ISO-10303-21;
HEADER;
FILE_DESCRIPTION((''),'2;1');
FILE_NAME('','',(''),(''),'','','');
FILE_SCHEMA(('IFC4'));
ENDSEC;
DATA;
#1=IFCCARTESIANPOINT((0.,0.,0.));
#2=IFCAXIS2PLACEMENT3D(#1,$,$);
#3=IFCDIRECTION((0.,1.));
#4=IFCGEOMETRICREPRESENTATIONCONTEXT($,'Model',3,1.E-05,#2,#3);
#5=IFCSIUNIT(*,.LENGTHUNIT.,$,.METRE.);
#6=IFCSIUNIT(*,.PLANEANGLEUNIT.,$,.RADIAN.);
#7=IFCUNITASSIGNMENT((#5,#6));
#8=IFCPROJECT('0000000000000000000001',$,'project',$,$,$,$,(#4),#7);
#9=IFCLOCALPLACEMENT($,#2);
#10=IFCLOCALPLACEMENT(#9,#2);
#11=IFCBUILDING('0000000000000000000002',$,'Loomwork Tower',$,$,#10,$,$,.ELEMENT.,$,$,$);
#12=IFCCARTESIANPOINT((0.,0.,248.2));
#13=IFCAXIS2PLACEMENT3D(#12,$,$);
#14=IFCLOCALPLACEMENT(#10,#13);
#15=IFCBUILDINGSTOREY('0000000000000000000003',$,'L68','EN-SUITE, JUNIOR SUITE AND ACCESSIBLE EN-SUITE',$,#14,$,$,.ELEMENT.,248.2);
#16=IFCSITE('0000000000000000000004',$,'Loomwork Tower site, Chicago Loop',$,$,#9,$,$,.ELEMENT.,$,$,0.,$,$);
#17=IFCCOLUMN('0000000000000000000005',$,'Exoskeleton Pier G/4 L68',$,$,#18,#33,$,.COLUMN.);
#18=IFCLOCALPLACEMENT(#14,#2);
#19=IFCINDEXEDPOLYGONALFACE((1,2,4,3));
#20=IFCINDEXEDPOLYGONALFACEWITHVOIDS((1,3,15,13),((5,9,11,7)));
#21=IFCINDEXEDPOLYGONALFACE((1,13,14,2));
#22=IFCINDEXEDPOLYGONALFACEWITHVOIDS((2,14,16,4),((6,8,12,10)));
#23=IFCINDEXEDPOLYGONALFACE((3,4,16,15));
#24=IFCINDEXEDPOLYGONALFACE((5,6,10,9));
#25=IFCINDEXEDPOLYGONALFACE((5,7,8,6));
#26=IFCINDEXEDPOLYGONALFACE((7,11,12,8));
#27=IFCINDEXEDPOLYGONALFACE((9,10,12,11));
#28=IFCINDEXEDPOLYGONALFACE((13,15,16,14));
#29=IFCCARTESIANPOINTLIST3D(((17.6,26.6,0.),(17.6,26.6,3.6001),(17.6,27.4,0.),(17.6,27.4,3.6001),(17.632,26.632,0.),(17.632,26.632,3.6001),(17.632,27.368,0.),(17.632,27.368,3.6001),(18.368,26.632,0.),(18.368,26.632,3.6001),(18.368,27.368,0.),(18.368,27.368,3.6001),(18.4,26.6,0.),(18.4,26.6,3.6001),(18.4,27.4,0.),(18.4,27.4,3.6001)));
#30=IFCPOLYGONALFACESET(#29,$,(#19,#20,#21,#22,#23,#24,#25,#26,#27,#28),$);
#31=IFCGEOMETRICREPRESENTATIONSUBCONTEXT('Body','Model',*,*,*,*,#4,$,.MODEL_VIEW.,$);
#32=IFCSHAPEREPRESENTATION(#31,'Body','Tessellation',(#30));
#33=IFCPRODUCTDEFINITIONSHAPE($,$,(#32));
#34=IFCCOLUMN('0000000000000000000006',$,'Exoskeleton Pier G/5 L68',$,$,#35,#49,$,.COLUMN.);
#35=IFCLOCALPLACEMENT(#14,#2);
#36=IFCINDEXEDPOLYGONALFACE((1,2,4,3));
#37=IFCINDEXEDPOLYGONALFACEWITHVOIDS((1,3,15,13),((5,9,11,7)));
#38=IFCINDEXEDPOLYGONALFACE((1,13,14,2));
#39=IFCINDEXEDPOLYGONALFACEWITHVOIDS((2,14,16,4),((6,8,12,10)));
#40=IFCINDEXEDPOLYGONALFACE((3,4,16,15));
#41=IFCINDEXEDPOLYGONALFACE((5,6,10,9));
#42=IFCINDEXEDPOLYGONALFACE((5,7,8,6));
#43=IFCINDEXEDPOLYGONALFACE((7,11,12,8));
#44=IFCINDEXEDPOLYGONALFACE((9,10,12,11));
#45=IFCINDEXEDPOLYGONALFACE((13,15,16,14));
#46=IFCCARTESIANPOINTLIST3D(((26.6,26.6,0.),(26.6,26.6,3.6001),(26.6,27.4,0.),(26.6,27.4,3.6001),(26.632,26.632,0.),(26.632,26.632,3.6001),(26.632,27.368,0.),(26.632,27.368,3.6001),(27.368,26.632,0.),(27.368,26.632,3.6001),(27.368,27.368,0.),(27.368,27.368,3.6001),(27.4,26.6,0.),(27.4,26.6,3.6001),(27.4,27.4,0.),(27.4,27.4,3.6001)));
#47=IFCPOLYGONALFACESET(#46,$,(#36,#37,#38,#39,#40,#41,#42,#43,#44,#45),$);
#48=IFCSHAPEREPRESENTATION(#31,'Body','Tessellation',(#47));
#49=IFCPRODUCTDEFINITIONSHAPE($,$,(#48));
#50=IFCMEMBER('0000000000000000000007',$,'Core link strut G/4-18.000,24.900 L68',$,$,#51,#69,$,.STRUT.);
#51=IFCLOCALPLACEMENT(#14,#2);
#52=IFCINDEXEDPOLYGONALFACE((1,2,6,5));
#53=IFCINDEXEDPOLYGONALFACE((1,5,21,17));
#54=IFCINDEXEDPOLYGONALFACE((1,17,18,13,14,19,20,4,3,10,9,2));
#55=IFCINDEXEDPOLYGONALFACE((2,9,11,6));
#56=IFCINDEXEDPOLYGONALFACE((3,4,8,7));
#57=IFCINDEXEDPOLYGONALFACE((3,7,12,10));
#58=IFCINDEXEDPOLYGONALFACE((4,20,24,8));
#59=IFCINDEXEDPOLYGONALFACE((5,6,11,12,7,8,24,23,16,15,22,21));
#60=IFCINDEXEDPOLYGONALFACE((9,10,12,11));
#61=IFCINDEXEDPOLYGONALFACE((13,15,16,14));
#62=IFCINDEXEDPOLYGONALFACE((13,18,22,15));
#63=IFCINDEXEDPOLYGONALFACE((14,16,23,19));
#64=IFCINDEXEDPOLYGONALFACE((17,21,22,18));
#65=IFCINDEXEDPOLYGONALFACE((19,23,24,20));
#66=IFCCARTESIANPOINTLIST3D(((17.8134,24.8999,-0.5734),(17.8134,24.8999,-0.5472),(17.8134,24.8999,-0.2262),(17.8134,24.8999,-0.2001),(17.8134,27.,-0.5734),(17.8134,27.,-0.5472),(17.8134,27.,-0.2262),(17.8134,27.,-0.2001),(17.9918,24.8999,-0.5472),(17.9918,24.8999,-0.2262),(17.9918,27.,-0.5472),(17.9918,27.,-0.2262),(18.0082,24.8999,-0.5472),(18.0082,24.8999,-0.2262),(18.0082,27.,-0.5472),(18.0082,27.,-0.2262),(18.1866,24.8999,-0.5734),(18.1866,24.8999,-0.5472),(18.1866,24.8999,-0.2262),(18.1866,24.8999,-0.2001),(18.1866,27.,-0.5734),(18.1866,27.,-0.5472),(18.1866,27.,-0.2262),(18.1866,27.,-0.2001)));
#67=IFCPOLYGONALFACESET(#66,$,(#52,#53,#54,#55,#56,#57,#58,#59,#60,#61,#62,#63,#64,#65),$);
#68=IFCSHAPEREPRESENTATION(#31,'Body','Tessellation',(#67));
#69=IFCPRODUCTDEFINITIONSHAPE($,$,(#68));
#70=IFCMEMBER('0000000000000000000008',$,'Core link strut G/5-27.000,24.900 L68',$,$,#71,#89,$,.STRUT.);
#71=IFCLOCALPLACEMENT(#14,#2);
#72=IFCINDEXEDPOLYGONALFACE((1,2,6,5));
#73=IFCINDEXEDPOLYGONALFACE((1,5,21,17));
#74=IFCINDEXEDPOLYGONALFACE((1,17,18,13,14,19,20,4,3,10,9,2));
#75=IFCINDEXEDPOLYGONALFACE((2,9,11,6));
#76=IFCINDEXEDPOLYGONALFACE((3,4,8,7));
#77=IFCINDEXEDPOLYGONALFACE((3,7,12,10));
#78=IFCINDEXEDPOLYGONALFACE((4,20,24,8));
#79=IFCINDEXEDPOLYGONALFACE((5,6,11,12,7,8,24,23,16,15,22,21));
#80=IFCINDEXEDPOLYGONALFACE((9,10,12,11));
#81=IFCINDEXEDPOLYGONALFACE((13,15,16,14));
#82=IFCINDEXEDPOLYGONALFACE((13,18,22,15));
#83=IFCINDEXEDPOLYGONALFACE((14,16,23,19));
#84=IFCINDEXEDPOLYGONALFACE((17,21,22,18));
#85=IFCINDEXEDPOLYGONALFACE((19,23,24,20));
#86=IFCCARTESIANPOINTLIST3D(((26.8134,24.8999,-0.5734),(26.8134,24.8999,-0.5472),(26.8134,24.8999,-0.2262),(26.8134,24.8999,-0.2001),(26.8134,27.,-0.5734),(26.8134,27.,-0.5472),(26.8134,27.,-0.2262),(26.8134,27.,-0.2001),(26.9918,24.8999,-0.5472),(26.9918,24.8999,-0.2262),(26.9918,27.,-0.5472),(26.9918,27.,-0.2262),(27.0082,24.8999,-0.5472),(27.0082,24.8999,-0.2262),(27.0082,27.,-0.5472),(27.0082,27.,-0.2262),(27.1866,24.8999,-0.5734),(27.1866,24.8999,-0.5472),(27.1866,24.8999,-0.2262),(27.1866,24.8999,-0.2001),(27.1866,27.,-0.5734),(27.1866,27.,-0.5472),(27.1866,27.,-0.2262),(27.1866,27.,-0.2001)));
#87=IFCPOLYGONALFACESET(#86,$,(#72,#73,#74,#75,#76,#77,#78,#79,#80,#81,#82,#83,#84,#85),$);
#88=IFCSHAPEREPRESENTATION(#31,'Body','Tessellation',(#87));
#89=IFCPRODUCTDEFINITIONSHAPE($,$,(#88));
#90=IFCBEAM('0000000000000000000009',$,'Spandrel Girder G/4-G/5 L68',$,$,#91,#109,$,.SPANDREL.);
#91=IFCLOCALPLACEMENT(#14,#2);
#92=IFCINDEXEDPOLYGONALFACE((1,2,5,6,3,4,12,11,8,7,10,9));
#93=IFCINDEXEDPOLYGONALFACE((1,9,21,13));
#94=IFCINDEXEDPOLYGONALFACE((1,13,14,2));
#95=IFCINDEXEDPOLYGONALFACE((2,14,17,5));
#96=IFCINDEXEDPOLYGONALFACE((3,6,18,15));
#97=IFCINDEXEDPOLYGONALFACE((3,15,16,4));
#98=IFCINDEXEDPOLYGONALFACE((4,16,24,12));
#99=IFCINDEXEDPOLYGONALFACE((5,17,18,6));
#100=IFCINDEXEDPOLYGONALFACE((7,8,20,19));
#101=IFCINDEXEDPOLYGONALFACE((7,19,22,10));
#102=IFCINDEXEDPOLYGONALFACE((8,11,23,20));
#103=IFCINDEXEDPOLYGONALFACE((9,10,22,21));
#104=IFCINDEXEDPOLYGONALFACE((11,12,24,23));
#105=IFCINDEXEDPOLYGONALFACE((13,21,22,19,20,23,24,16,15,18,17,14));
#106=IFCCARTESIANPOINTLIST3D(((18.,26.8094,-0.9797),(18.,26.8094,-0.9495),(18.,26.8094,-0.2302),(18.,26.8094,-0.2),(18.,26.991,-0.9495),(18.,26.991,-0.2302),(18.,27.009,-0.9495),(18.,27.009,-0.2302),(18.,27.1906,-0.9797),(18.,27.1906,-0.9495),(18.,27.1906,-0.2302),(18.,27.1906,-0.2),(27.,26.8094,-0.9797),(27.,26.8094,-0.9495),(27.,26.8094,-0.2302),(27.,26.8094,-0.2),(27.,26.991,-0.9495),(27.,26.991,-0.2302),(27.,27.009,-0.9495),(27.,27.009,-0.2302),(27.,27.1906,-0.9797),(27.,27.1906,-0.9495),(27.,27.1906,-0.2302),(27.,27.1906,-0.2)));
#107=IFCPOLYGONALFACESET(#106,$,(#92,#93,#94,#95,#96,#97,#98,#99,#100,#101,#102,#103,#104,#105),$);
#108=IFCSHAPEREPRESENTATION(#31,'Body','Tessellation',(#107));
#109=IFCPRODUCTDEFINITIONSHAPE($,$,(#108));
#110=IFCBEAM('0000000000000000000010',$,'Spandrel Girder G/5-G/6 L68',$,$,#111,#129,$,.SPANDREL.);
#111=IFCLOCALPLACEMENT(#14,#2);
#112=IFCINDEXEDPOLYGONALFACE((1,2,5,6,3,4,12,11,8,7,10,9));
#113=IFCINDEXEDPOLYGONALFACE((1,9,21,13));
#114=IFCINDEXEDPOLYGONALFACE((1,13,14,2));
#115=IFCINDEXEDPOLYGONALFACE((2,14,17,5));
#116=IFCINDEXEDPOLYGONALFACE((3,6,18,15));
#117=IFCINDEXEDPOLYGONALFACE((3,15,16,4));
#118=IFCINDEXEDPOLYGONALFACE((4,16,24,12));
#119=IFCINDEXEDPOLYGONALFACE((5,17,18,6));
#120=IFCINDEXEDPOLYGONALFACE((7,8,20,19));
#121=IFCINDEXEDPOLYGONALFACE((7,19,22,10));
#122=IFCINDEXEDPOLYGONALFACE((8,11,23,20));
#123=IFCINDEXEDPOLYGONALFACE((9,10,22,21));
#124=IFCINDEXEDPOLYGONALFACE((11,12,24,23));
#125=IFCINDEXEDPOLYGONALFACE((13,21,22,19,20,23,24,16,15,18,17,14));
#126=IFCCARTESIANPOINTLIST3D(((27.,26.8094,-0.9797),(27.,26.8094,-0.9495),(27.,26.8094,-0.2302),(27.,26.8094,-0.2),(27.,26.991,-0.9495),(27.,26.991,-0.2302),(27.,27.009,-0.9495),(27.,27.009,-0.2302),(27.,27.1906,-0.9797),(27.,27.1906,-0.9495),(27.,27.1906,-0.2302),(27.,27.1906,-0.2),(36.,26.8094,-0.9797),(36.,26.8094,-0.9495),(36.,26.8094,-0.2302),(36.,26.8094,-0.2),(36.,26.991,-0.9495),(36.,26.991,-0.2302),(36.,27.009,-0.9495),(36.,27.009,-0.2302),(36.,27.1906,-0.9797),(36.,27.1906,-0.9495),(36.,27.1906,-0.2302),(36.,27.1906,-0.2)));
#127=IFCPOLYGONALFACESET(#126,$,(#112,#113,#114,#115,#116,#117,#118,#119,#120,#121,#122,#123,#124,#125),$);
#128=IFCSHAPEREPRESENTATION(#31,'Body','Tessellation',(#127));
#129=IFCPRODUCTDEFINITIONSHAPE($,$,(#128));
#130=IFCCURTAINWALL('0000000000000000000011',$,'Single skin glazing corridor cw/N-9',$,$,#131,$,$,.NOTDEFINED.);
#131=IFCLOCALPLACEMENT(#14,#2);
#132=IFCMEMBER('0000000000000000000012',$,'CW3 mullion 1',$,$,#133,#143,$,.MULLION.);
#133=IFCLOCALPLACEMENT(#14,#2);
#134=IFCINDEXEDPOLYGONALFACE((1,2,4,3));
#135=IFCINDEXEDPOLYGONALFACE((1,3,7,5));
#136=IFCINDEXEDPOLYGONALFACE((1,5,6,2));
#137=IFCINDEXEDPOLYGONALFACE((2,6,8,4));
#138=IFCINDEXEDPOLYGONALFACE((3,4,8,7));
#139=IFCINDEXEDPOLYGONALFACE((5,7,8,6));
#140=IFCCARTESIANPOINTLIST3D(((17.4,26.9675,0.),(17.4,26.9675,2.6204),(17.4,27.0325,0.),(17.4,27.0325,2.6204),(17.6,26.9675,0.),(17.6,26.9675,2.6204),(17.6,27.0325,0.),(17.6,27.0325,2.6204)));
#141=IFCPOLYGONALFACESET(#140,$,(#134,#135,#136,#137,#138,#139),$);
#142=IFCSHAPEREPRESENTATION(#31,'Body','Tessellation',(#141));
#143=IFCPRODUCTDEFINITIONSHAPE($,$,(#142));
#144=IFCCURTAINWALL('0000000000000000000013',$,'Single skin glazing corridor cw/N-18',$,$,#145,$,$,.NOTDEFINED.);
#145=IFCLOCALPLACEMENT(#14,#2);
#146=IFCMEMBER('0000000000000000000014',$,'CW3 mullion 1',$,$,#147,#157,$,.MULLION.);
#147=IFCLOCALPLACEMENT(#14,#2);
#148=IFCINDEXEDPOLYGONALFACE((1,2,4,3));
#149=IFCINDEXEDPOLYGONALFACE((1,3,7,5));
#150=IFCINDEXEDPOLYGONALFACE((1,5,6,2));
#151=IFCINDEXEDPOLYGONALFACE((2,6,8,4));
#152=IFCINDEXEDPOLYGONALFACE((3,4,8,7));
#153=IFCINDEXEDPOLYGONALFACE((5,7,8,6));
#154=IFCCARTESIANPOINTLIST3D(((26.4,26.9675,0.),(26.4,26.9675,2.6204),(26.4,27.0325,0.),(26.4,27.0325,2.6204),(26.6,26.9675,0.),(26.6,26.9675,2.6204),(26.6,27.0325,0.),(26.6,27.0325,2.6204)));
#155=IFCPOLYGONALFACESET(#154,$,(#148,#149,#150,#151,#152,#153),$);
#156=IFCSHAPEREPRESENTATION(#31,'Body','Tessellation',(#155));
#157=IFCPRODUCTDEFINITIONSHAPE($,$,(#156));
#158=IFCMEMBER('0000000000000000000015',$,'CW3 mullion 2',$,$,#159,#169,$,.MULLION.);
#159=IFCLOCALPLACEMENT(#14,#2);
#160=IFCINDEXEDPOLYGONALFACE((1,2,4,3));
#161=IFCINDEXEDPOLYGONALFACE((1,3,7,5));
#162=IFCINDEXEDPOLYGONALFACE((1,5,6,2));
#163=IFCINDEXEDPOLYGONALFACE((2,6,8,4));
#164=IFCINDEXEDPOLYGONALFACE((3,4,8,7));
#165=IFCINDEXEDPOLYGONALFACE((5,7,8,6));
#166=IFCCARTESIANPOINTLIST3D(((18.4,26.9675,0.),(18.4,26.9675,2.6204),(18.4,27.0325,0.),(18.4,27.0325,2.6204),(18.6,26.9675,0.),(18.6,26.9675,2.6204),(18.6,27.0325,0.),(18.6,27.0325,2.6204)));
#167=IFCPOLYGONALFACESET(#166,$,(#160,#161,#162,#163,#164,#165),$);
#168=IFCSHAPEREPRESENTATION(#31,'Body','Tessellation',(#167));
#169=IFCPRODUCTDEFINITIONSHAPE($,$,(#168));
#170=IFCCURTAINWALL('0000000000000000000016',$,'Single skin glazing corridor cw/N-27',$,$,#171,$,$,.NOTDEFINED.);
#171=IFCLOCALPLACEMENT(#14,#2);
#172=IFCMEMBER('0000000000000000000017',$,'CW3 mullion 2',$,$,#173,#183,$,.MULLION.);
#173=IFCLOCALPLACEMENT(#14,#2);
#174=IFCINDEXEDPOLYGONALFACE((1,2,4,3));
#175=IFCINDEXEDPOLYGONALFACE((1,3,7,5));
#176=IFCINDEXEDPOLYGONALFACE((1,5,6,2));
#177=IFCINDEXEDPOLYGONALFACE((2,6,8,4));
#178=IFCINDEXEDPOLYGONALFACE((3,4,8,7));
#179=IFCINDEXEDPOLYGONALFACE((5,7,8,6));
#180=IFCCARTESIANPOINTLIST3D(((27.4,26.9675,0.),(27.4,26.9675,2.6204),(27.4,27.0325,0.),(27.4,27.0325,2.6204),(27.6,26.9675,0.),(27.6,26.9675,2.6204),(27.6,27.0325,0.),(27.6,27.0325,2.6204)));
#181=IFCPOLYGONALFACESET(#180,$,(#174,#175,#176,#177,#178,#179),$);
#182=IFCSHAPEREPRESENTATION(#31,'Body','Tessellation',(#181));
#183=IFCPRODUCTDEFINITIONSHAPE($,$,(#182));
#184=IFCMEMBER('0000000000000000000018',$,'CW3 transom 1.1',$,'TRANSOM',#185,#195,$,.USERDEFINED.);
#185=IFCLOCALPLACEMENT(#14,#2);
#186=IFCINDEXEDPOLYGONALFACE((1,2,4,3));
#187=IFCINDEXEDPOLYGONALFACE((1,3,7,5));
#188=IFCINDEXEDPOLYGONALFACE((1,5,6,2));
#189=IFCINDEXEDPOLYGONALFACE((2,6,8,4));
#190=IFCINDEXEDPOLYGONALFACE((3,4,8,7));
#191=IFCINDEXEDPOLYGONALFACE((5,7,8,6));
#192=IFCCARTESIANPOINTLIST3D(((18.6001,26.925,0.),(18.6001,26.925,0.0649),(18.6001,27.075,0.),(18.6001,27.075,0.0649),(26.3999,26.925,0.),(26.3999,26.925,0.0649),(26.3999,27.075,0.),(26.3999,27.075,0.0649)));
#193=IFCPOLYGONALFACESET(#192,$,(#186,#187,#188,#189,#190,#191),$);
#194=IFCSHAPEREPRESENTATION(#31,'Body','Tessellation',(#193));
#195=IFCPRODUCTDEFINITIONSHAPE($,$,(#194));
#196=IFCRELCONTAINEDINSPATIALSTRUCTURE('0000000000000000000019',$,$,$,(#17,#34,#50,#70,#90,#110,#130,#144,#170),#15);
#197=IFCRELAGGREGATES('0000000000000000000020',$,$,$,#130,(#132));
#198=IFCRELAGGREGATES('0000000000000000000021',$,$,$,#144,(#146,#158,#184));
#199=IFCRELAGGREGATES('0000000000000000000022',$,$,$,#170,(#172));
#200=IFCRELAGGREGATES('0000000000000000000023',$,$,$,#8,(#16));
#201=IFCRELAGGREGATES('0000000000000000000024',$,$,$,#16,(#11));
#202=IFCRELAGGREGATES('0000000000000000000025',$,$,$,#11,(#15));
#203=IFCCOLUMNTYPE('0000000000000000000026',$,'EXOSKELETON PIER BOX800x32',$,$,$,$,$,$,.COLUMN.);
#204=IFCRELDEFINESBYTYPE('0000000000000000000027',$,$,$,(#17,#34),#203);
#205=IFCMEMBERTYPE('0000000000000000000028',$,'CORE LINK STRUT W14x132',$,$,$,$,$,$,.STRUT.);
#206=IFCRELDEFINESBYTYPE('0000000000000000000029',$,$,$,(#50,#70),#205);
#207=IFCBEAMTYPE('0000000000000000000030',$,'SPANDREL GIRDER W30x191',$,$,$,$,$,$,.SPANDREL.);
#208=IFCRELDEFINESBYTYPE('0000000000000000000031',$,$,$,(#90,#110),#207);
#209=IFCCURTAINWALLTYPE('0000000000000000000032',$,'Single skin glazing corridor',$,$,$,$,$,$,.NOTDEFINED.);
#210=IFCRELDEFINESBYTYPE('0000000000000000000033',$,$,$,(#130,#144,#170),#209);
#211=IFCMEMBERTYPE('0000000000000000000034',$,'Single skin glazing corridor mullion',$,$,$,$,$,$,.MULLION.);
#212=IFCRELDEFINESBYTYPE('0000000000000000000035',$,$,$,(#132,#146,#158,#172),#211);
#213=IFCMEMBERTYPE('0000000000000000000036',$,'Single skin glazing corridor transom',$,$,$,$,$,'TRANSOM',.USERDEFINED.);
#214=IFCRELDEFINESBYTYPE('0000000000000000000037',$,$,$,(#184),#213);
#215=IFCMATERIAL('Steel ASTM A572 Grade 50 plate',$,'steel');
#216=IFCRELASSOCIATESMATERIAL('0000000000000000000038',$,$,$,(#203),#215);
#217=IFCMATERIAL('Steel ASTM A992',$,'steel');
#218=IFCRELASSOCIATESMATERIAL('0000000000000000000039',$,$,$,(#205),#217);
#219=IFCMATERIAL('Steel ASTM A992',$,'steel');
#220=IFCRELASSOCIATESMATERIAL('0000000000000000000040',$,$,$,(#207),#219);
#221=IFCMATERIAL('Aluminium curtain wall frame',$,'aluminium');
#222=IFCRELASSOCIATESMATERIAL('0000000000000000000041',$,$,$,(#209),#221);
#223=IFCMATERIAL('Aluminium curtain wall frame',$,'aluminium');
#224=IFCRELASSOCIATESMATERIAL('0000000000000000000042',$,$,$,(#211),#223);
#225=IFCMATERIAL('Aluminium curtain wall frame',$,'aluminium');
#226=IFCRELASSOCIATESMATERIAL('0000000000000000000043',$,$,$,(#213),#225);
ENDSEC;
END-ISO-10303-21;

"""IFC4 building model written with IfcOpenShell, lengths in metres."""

from ifc_helpers import new_model, si_unit, direction, frame, origin, origin_2d, place, context, subcontext, project, spatial, rectangle, hollow_rectangle, i_section, extrude, material, material_profile, profile_set, type_object, element, aggregate, save


model = new_model("IFC4")

# Units and contexts
model_context = context("Model", 3, precision=1e-05, world=origin(), true_north=direction((0.0, 1.0)))
body_context = subcontext(model_context, "Body", "Model", "MODEL_VIEW")
ifc_project = project(units=[si_unit("LENGTHUNIT", "METRE"), si_unit("PLANEANGLEUNIT", "RADIAN")], contexts=[model_context])

# Site, building, storey
site_placement = place(None, origin())
site = spatial("IfcSite", under=ifc_project, at=site_placement, Name="Loomwork Tower site, Chicago Loop", CompositionType="ELEMENT", RefElevation=0.0)
building_placement = place(site_placement, origin())
building = spatial("IfcBuilding", under=site, at=building_placement, Name="Loomwork Tower", CompositionType="ELEMENT")
storey_placement = place(building_placement, frame((0.0, 0.0, 248.2)))
storey = spatial("IfcBuildingStorey", under=building, at=storey_placement, Name="L68", Description="EN-SUITE, JUNIOR SUITE AND ACCESSIBLE EN-SUITE", CompositionType="ELEMENT", Elevation=248.2)

# Columns
ifc_material_1 = material(Name="Steel ASTM A572 Grade 50 plate", Category="steel")
ifc_material_profile_1 = material_profile(ifc_material_1, hollow_rectangle(XDim=0.8, YDim=0.8, WallThickness=0.032, at=origin_2d()), Name="BOX800x32")
ifc_profile_set_1 = profile_set([ifc_material_profile_1], Name="Steel ASTM A572 Grade 50 plate")
column_type = type_object("IfcColumnType", Name="EXOSKELETON PIER BOX800x32", PredefinedType="COLUMN", material=ifc_profile_set_1)
for number, where, z_axis, x_axis, name in (
    (1, (18.0, 27.0, 0.0), (0.0, 0.0, 1.0), (1.0, 0.0, 0.0), "Exoskeleton Pier G/4 L68"),
    (2, (27.0, 27.0, 0.0), (0.0, 0.0, 1.0), (1.0, 0.0, 0.0), "Exoskeleton Pier G/5 L68"),
):
    element("IfcColumn", number, at=place(storey_placement, frame(where, z_axis=z_axis, x_axis=x_axis)), inside=storey, type_object=column_type, Name=name, PredefinedType="COLUMN", context=body_context, shape_type="SweptSolid", body=[
        extrude(hollow_rectangle(XDim=0.8, YDim=0.8, WallThickness=0.032, at=origin_2d()), origin(), (0.0, 0.0, 1.0), 3.6001),
    ])

# Members
ifc_material_2 = material(Name="Steel ASTM A992", Category="steel")
ifc_material_profile_2 = material_profile(ifc_material_2, i_section(OverallWidth=0.3733, OverallDepth=0.3733, WebThickness=0.0164, FlangeThickness=0.0261, at=origin_2d()), Name="W14x132")
ifc_profile_set_2 = profile_set([ifc_material_profile_2], Name="Steel ASTM A992")
member_type_1 = type_object("IfcMemberType", Name="CORE LINK STRUT W14x132", PredefinedType="STRUT", material=ifc_profile_set_2)
for number, where, z_axis, x_axis, name in (
    (3, (18.0, 27.0, -0.3867), (0.0, -1.0, 0.0), (1.0, 0.0, 0.0), "Core link strut G/4-18.000,24.900 L68"),
    (4, (27.0, 27.0, -0.3867), (0.0, -1.0, 0.0), (1.0, 0.0, 0.0), "Core link strut G/5-27.000,24.900 L68"),
):
    element("IfcMember", number, at=place(storey_placement, frame(where, z_axis=z_axis, x_axis=x_axis)), inside=storey, type_object=member_type_1, Name=name, PredefinedType="STRUT", context=body_context, shape_type="SweptSolid", body=[
        extrude(i_section(OverallWidth=0.3733, OverallDepth=0.3733, WebThickness=0.0164, FlangeThickness=0.0261, at=origin_2d()), origin(), (0.0, 0.0, 1.0), 2.1001),
    ])

# Beams
ifc_material_3 = material(Name="Steel ASTM A992", Category="steel")
ifc_material_profile_3 = material_profile(ifc_material_3, i_section(OverallWidth=0.3811, OverallDepth=0.7798, WebThickness=0.0181, FlangeThickness=0.0303, at=origin_2d()), Name="W30x191")
ifc_profile_set_3 = profile_set([ifc_material_profile_3], Name="Steel ASTM A992")
beam_type = type_object("IfcBeamType", Name="SPANDREL GIRDER W30x191", PredefinedType="SPANDREL", material=ifc_profile_set_3)
for number, where, z_axis, x_axis, name in (
    (5, (18.0, 27.0, -0.5898), (1.0, 0.0, 0.0), (0.0, 1.0, 0.0), "Spandrel Girder G/4-G/5 L68"),
    (6, (27.0, 27.0, -0.5898), (1.0, 0.0, 0.0), (0.0, 1.0, 0.0), "Spandrel Girder G/5-G/6 L68"),
):
    element("IfcBeam", number, at=place(storey_placement, frame(where, z_axis=z_axis, x_axis=x_axis)), inside=storey, type_object=beam_type, Name=name, PredefinedType="SPANDREL", context=body_context, shape_type="SweptSolid", body=[
        extrude(i_section(OverallWidth=0.3811, OverallDepth=0.7798, WebThickness=0.0181, FlangeThickness=0.0303, at=origin_2d()), origin(), (0.0, 0.0, 1.0), 9.0),
    ])

# Curtain wall, member
ifc_material_4 = material(Name="Aluminium curtain wall frame", Category="aluminium")
curtain_wall_type = type_object("IfcCurtainWallType", Name="Single skin glazing corridor", PredefinedType="NOTDEFINED", material=ifc_material_4)
curtain_wall_1_placement = place(storey_placement, origin())
curtain_wall_1 = element("IfcCurtainWall", 7, at=curtain_wall_1_placement, inside=storey, type_object=curtain_wall_type, Name="Single skin glazing corridor cw/N-9", PredefinedType="NOTDEFINED")
ifc_material_5 = material(Name="Aluminium curtain wall frame", Category="aluminium")
ifc_material_profile_4 = material_profile(ifc_material_5, rectangle(XDim=0.0649, YDim=0.2, at=origin_2d()), Name="AL 65x200")
ifc_profile_set_4 = profile_set([ifc_material_profile_4], Name="Aluminium curtain wall frame")
member_type_2 = type_object("IfcMemberType", Name="Single skin glazing corridor mullion", PredefinedType="MULLION", material=ifc_profile_set_4)
member_1_placement = place(storey_placement, frame((17.5, 27.0, 0.0), z_axis=(0.0, 0.0, 1.0), x_axis=(0.0, -1.0, 0.0)))
member_1 = element("IfcMember", 8, at=member_1_placement, type_object=member_type_2, Name="CW3 mullion 1", PredefinedType="MULLION", context=body_context, shape_type="SweptSolid", body=[
    extrude(rectangle(XDim=0.0649, YDim=0.2, at=origin_2d()), origin(), (0.0, 0.0, 1.0), 2.6204),
])
aggregate(curtain_wall_1, [member_1])

# Curtain wall, members
curtain_wall_2_placement = place(storey_placement, origin())
curtain_wall_2 = element("IfcCurtainWall", 9, at=curtain_wall_2_placement, inside=storey, type_object=curtain_wall_type, Name="Single skin glazing corridor cw/N-18", PredefinedType="NOTDEFINED")
member_2_placement = place(storey_placement, frame((26.5, 27.0, 0.0), z_axis=(0.0, 0.0, 1.0), x_axis=(0.0, -1.0, 0.0)))
member_2 = element("IfcMember", 10, at=member_2_placement, type_object=member_type_2, Name="CW3 mullion 1", PredefinedType="MULLION", context=body_context, shape_type="SweptSolid", body=[
    extrude(rectangle(XDim=0.0649, YDim=0.2, at=origin_2d()), origin(), (0.0, 0.0, 1.0), 2.6204),
])
member_3_placement = place(storey_placement, frame((18.5, 27.0, 0.0), z_axis=(0.0, 0.0, 1.0), x_axis=(0.0, -1.0, 0.0)))
member_3 = element("IfcMember", 11, at=member_3_placement, type_object=member_type_2, Name="CW3 mullion 2", PredefinedType="MULLION", context=body_context, shape_type="SweptSolid", body=[
    extrude(rectangle(XDim=0.0649, YDim=0.2, at=origin_2d()), origin(), (0.0, 0.0, 1.0), 2.6204),
])

# Curtain wall, member
curtain_wall_3_placement = place(storey_placement, origin())
curtain_wall_3 = element("IfcCurtainWall", 12, at=curtain_wall_3_placement, inside=storey, type_object=curtain_wall_type, Name="Single skin glazing corridor cw/N-27", PredefinedType="NOTDEFINED")
member_4_placement = place(storey_placement, frame((27.5, 27.0, 0.0), z_axis=(0.0, 0.0, 1.0), x_axis=(0.0, -1.0, 0.0)))
member_4 = element("IfcMember", 13, at=member_4_placement, type_object=member_type_2, Name="CW3 mullion 2", PredefinedType="MULLION", context=body_context, shape_type="SweptSolid", body=[
    extrude(rectangle(XDim=0.0649, YDim=0.2, at=origin_2d()), origin(), (0.0, 0.0, 1.0), 2.6204),
])

# Member
ifc_material_6 = material(Name="Aluminium curtain wall frame", Category="aluminium")
ifc_material_profile_5 = material_profile(ifc_material_6, rectangle(XDim=0.1499, YDim=0.0649, at=origin_2d()), Name="AL 65x150")
ifc_profile_set_5 = profile_set([ifc_material_profile_5], Name="Aluminium curtain wall frame")
member_type_3 = type_object("IfcMemberType", Name="Single skin glazing corridor transom", ElementType="TRANSOM", PredefinedType="USERDEFINED", material=ifc_profile_set_5)
member_5_placement = place(storey_placement, frame((26.3999, 27.0, 0.0325), z_axis=(-1.0, 0.0, 0.0), x_axis=(0.0, -1.0, 0.0)))
member_5 = element("IfcMember", 14, at=member_5_placement, type_object=member_type_3, Name="CW3 transom 1.1", ObjectType="TRANSOM", PredefinedType="USERDEFINED", context=body_context, shape_type="SweptSolid", body=[
    extrude(rectangle(XDim=0.1499, YDim=0.0649, at=origin_2d()), origin(), (0.0, 0.0, 1.0), 7.7998),
])

aggregate(curtain_wall_2, [member_2, member_3, member_5])
aggregate(curtain_wall_3, [member_4])

save(model, "model.ifc")
